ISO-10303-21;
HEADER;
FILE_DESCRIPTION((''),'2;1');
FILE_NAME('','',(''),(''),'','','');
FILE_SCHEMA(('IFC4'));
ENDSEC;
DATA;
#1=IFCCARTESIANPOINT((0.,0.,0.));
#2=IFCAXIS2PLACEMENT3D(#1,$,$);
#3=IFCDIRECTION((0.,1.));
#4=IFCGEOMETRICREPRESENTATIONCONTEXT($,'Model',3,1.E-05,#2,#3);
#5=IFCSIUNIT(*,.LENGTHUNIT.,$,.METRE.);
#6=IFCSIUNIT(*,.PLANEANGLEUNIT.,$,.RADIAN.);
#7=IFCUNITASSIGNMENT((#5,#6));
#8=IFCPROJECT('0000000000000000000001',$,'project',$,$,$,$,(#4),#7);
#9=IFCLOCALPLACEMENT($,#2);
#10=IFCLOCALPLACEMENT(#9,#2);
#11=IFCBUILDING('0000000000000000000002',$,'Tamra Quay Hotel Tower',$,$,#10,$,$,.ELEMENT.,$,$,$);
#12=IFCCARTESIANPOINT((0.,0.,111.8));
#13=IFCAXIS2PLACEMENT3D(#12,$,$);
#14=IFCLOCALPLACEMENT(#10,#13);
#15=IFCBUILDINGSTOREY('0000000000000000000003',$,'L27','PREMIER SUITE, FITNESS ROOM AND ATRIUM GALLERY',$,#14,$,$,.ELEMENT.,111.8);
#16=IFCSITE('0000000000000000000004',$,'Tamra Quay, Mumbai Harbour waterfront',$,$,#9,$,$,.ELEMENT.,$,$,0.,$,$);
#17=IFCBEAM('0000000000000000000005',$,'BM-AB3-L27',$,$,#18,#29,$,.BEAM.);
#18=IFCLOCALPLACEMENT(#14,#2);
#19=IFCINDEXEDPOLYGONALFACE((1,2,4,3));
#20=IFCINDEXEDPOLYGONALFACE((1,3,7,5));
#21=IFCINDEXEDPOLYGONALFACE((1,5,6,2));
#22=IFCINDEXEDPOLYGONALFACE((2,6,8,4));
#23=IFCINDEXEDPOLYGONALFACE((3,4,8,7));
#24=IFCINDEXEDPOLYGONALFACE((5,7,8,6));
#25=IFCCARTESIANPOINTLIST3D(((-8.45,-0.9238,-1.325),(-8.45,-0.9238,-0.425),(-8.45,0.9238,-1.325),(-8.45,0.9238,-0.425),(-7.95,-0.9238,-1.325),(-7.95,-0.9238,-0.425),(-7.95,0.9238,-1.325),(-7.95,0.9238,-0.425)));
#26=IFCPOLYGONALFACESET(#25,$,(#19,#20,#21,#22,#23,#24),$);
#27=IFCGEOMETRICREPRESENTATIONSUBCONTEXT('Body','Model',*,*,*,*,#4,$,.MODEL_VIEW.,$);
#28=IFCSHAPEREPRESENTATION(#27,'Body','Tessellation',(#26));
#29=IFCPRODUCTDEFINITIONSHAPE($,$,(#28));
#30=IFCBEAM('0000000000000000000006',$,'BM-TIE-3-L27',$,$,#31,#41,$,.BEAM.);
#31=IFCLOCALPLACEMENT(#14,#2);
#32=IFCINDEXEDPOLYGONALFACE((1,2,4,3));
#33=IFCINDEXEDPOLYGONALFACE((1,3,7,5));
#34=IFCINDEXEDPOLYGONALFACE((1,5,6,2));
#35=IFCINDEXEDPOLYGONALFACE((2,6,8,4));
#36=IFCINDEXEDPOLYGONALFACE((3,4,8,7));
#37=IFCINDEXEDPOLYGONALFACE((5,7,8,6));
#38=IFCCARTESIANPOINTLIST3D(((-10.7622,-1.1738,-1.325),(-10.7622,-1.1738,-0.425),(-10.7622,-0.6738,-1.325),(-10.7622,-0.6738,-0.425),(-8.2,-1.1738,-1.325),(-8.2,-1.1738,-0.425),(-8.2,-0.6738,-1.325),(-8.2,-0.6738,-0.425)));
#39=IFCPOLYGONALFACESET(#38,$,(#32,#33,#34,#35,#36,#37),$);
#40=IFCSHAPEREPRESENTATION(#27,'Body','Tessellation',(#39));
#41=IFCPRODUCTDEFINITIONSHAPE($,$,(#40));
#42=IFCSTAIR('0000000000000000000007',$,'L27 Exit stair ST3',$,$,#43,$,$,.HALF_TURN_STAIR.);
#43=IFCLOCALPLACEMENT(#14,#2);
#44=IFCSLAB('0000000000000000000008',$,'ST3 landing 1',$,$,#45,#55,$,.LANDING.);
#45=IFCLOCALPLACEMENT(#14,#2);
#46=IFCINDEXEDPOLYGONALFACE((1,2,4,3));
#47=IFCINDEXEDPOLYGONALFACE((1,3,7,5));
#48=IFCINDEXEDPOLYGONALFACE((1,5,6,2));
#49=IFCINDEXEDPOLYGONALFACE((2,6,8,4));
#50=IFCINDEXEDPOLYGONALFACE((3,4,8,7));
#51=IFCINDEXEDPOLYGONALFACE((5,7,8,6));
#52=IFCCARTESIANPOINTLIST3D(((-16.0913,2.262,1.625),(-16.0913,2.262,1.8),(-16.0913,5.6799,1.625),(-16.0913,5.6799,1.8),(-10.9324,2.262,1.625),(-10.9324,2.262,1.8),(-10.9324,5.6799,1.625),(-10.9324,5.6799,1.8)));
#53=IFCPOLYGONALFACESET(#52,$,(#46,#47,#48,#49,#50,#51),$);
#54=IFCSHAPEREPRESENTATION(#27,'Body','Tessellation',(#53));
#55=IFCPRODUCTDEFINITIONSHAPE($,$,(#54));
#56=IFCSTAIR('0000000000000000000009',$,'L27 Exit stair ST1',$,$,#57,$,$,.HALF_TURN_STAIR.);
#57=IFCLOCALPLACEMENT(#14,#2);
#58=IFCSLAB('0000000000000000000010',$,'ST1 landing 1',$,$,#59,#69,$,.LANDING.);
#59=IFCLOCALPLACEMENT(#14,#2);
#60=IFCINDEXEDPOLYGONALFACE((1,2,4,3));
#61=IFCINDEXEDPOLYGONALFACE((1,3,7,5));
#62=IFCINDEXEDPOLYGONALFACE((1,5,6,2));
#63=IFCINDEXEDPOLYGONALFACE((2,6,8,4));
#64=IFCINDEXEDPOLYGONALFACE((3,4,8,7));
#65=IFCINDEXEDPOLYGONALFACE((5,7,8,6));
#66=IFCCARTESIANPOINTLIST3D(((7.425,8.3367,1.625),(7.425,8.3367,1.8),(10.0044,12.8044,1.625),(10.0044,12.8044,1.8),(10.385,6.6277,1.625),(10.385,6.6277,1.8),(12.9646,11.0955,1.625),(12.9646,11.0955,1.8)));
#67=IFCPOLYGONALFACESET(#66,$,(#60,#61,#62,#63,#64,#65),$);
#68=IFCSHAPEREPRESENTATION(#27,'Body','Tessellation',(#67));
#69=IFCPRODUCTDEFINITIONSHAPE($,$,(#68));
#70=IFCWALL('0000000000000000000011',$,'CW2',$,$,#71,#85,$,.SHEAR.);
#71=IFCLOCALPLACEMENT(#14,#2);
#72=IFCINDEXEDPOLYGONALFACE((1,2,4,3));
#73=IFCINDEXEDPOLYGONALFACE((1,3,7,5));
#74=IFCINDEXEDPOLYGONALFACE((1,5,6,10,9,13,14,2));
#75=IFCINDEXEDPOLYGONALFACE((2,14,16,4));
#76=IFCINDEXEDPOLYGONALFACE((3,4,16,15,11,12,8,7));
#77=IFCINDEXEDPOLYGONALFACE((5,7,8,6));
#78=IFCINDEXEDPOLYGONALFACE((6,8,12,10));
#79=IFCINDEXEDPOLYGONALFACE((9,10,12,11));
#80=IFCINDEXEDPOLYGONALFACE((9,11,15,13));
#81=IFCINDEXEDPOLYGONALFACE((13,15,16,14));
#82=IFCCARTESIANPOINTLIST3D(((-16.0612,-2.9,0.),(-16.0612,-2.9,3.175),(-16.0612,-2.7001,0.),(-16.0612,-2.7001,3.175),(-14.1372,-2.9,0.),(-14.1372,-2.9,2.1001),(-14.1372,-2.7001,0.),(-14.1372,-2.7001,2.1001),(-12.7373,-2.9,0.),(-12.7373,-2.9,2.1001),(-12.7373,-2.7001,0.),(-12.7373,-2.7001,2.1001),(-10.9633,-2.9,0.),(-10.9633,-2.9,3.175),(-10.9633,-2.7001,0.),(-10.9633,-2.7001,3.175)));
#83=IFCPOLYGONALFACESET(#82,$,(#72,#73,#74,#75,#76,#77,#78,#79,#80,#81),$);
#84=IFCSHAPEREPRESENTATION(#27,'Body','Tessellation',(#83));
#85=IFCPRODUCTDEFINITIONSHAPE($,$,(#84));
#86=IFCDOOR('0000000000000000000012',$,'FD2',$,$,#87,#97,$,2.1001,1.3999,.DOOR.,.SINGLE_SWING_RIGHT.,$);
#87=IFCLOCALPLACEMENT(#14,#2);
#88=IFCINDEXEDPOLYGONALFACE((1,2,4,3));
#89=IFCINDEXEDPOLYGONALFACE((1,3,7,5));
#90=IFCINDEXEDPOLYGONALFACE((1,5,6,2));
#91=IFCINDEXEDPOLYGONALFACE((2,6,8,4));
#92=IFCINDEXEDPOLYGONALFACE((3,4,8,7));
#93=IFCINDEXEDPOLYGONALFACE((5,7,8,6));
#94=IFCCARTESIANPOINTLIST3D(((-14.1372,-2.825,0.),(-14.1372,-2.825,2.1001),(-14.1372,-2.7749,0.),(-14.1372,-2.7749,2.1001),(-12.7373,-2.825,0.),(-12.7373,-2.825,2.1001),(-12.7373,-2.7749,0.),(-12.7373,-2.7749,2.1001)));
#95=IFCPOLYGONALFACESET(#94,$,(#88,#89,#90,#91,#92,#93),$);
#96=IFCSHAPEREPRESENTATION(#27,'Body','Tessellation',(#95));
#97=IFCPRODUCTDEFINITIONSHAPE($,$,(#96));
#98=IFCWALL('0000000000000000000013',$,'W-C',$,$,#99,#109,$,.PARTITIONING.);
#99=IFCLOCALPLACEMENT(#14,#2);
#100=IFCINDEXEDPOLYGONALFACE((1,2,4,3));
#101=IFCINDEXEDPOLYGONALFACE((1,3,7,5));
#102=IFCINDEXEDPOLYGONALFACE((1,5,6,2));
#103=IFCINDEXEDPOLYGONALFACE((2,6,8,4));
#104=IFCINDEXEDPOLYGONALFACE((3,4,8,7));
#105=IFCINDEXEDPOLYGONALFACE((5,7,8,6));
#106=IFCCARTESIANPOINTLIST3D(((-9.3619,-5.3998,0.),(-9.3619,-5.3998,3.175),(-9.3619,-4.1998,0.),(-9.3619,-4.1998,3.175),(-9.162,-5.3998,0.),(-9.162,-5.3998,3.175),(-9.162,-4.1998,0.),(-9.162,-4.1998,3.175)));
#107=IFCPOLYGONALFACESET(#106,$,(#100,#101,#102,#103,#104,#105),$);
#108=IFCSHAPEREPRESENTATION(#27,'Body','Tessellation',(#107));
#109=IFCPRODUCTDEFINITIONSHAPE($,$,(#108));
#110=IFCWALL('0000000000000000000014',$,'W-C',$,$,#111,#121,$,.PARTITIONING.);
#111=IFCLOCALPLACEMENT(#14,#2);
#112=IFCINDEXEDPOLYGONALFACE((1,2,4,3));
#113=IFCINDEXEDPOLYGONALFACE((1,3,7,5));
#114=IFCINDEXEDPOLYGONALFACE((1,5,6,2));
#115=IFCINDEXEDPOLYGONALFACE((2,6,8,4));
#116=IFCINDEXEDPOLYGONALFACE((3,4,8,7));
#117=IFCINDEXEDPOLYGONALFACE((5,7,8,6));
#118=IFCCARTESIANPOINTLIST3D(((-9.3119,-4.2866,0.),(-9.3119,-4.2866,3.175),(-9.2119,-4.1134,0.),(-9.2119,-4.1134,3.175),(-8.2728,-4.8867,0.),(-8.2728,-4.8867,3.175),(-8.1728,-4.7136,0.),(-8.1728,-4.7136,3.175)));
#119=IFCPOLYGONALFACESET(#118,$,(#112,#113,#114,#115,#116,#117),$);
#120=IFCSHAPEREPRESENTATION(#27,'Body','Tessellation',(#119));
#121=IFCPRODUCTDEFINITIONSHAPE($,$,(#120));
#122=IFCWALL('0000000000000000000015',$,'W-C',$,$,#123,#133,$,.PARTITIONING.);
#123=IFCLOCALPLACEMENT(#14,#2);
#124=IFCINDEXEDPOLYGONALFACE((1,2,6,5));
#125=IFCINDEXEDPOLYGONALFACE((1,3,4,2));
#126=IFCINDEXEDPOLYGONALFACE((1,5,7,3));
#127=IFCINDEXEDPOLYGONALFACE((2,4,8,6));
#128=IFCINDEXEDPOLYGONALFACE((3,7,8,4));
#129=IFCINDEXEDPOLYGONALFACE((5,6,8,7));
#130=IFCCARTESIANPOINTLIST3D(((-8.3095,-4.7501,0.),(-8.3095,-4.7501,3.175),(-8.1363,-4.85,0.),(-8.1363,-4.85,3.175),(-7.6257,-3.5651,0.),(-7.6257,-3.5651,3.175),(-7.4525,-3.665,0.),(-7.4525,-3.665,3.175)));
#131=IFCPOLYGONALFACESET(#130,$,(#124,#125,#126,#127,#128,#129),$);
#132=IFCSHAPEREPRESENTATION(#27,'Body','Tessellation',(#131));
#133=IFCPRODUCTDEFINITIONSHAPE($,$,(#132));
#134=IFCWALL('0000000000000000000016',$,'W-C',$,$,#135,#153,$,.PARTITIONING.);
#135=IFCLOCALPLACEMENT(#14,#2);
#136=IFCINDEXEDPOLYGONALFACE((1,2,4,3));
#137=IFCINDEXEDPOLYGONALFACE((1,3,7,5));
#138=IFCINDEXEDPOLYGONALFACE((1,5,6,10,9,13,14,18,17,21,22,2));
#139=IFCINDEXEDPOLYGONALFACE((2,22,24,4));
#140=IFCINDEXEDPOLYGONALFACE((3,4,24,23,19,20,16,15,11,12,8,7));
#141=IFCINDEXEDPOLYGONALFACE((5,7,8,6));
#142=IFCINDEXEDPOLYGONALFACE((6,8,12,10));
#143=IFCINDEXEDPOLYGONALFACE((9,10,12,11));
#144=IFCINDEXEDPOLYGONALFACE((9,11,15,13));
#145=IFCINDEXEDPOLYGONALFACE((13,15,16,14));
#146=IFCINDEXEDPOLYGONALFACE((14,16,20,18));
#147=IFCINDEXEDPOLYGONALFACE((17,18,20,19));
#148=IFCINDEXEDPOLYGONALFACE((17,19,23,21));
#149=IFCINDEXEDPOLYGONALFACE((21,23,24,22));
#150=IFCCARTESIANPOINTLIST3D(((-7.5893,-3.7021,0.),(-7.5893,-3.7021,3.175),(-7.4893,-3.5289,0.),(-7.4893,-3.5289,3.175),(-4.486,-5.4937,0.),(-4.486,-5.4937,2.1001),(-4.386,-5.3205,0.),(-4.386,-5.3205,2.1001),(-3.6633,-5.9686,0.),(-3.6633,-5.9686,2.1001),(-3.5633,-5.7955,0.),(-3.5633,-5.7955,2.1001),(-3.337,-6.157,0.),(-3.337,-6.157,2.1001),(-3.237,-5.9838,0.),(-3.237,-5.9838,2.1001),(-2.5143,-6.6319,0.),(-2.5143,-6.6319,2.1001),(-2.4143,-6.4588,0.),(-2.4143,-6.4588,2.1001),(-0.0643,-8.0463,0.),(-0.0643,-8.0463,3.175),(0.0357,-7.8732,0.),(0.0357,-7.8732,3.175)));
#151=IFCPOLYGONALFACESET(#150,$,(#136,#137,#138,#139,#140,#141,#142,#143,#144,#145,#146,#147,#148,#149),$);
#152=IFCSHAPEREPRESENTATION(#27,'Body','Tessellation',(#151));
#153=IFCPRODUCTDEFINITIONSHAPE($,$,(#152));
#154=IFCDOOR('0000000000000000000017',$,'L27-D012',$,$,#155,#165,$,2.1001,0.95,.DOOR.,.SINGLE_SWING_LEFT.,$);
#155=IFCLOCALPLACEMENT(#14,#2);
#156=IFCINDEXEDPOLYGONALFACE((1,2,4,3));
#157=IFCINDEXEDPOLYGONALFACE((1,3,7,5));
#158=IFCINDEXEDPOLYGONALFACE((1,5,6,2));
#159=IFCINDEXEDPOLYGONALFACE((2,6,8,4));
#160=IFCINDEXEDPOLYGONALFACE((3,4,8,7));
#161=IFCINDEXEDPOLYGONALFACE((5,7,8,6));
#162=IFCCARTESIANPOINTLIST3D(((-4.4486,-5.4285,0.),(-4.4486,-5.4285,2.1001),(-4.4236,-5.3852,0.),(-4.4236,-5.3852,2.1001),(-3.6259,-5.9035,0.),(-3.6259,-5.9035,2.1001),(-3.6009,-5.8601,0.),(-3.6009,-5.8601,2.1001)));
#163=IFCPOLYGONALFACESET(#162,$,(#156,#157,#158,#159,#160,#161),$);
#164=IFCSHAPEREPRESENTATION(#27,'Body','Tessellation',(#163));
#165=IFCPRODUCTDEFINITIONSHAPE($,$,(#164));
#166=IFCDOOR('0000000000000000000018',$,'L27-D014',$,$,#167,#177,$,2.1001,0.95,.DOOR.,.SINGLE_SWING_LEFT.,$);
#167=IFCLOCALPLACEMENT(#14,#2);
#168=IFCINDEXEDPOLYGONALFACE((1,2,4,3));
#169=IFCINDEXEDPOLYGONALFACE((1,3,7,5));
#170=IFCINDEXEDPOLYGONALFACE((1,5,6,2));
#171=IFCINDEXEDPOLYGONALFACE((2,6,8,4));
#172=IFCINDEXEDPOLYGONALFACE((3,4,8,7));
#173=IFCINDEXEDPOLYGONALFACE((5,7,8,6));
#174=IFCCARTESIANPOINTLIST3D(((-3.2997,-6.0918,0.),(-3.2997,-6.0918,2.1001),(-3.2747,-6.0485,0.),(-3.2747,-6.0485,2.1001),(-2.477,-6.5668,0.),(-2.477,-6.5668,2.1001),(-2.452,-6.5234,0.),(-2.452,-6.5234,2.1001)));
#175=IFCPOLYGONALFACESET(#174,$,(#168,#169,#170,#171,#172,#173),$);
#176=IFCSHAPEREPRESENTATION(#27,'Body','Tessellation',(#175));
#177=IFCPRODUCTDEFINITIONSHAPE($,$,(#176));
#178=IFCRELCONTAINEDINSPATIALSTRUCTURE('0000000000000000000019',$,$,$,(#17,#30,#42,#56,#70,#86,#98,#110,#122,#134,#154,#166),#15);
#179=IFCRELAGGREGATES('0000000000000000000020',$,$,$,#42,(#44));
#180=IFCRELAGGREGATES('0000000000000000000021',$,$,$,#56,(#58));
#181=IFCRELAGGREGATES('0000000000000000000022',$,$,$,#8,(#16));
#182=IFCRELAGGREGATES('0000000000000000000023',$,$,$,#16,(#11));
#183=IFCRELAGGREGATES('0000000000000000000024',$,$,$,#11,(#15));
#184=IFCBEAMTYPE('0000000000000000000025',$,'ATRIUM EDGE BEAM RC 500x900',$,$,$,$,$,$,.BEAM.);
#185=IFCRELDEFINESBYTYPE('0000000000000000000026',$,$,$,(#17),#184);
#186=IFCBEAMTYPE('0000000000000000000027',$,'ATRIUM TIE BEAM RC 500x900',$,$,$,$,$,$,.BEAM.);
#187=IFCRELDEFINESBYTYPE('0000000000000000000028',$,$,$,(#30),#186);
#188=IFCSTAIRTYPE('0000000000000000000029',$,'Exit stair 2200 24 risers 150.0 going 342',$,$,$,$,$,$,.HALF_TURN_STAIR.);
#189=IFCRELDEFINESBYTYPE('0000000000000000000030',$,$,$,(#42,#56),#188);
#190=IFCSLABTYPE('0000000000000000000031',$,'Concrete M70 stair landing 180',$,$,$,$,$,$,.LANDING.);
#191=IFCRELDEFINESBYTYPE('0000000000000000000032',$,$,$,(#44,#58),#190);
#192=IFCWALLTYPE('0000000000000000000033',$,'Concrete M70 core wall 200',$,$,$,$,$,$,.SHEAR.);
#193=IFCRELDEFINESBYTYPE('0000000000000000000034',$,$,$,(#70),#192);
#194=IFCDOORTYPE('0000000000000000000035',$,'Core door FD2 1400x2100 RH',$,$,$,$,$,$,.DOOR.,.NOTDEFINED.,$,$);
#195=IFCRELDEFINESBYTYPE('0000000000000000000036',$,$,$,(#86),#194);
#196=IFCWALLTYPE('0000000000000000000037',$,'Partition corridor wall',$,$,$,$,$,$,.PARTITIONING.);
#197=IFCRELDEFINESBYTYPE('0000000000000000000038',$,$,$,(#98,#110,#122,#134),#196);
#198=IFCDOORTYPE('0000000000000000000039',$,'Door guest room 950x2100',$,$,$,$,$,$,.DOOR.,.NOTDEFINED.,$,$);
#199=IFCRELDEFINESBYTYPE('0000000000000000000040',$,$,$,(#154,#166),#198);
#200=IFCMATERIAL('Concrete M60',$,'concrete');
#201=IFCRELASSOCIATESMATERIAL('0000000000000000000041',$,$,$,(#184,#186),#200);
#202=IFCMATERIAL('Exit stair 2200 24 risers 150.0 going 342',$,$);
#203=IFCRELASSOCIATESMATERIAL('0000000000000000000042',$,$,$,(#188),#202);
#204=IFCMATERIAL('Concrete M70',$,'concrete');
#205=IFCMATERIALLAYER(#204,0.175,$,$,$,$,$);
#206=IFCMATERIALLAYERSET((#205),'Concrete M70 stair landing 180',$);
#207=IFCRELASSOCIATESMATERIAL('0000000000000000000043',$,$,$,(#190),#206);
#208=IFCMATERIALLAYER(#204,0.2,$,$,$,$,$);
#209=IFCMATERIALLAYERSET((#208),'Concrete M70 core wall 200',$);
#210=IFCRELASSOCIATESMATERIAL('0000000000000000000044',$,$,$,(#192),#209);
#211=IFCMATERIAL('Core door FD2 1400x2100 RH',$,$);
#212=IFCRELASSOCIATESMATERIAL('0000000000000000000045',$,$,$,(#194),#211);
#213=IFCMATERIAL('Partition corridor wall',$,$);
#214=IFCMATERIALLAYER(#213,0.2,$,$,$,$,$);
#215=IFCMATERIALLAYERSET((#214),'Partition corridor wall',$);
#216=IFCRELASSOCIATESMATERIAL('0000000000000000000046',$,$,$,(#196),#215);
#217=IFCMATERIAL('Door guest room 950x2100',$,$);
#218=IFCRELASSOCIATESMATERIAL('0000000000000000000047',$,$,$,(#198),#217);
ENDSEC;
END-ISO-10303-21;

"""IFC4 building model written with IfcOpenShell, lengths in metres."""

from ifc_helpers import new_model, si_unit, direction, frame, frame_2d, origin, origin_2d, place, context, subcontext, project, spatial, polyline, rectangle, outline, extrude, material, layer, layer_set, material_profile, profile_set, type_object, element, fill, aggregate, save


model = new_model("IFC4")

# Units and contexts
model_context = context("Model", 3, precision=1e-05, world=origin(), true_north=direction((0.0, 1.0)))
body_context = subcontext(model_context, "Body", "Model", "MODEL_VIEW")
ifc_project = project(units=[si_unit("LENGTHUNIT", "METRE"), si_unit("PLANEANGLEUNIT", "RADIAN")], contexts=[model_context])

# Site, building, storey
site_placement = place(None, origin())
site = spatial("IfcSite", under=ifc_project, at=site_placement, Name="Tamra Quay, Mumbai Harbour waterfront", CompositionType="ELEMENT", RefElevation=0.0)
building_placement = place(site_placement, origin())
building = spatial("IfcBuilding", under=site, at=building_placement, Name="Tamra Quay Hotel Tower", CompositionType="ELEMENT")
storey_placement = place(building_placement, frame((0.0, 0.0, 111.8)))
storey = spatial("IfcBuildingStorey", under=building, at=storey_placement, Name="L27", Description="PREMIER SUITE, FITNESS ROOM AND ATRIUM GALLERY", CompositionType="ELEMENT", Elevation=111.8)

# Beams
ifc_material_1 = material(Name="Concrete M60", Category="concrete")
ifc_material_profile_1 = material_profile(ifc_material_1, rectangle(XDim=0.5, YDim=0.8999, at=origin_2d()), Name="ATRIUM EDGE BEAM RC 500x900")
ifc_profile_set_1 = profile_set([ifc_material_profile_1], Name="Concrete M60")
beam_type_1 = type_object("IfcBeamType", Name="ATRIUM EDGE BEAM RC 500x900", PredefinedType="BEAM", material=ifc_profile_set_1)
beam_1_placement = place(storey_placement, frame((-8.2, -0.9238, -0.875), z_axis=(0.0, 1.0, 0.0), x_axis=(-1.0, 0.0, 0.0)))
element("IfcBeam", 1, at=beam_1_placement, inside=storey, type_object=beam_type_1, Name="BM-AB3-L27", PredefinedType="BEAM", context=body_context, shape_type="SweptSolid", body=[
    extrude(rectangle(XDim=0.5, YDim=0.8999, at=origin_2d()), origin(), (0.0, 0.0, 1.0), 1.8477),
])
ifc_material_profile_2 = material_profile(ifc_material_1, rectangle(XDim=0.5, YDim=0.8999, at=origin_2d()), Name="ATRIUM TIE BEAM RC 500x900")
ifc_profile_set_2 = profile_set([ifc_material_profile_2], Name="Concrete M60")
beam_type_2 = type_object("IfcBeamType", Name="ATRIUM TIE BEAM RC 500x900", PredefinedType="BEAM", material=ifc_profile_set_2)
beam_2_placement = place(storey_placement, frame((-8.2, -0.9238, -0.875), z_axis=(-1.0, 0.0, 0.0), x_axis=(0.0, -1.0, 0.0)))
element("IfcBeam", 2, at=beam_2_placement, inside=storey, type_object=beam_type_2, Name="BM-TIE-3-L27", PredefinedType="BEAM", context=body_context, shape_type="SweptSolid", body=[
    extrude(rectangle(XDim=0.5, YDim=0.8999, at=origin_2d()), origin(), (0.0, 0.0, 1.0), 2.5623),
])

# Stairs, slabs
ifc_material_2 = material(Name="Exit stair 2200 24 risers 150.0 going 342")
stair_type = type_object("IfcStairType", Name="Exit stair 2200 24 risers 150.0 going 342", PredefinedType="HALF_TURN_STAIR", material=ifc_material_2)
stair_1_placement = place(storey_placement, origin())
stair_1 = element("IfcStair", 3, at=stair_1_placement, inside=storey, type_object=stair_type, Name="L27 Exit stair ST3", PredefinedType="HALF_TURN_STAIR")
ifc_material_3 = material(Name="Concrete M70", Category="concrete")
ifc_layer_1 = layer(ifc_material_3, 0.175)
ifc_layer_set_1 = layer_set([ifc_layer_1], Name="Concrete M70 stair landing 180")
slab_type_1 = type_object("IfcSlabType", Name="Concrete M70 stair landing 180", PredefinedType="LANDING", material=ifc_layer_set_1)
slab_1_placement = place(storey_placement, frame((0.0, 0.0, 1.625)))
slab_1 = element("IfcSlab", 4, at=slab_1_placement, type_object=slab_type_1, Name="ST3 landing 1", PredefinedType="LANDING", context=body_context, shape_type="SweptSolid", body=[
    extrude(outline(polyline([(-10.9324, 2.262), (-10.9324, 5.6799), (-16.0913, 5.6799), (-16.0913, 2.262), (-10.9324, 2.262)])), origin(), (0.0, 0.0, 1.0), 0.175),
])
aggregate(stair_1, [slab_1])
stair_2_placement = place(storey_placement, origin())
stair_2 = element("IfcStair", 5, at=stair_2_placement, inside=storey, type_object=stair_type, Name="L27 Exit stair ST1", PredefinedType="HALF_TURN_STAIR")
slab_2_placement = place(storey_placement, frame((0.0, 0.0, 1.625)))
slab_2 = element("IfcSlab", 6, at=slab_2_placement, type_object=slab_type_1, Name="ST1 landing 1", PredefinedType="LANDING", context=body_context, shape_type="SweptSolid", body=[
    extrude(outline(polyline([(7.425, 8.3367), (10.385, 6.6277), (12.9646, 11.0955), (10.0044, 12.8044), (7.425, 8.3367)])), origin(), (0.0, 0.0, 1.0), 0.175),
])
aggregate(stair_2, [slab_2])

# Wall, opening, door
ifc_layer_2 = layer(ifc_material_3, 0.2)
ifc_layer_set_2 = layer_set([ifc_layer_2], Name="Concrete M70 core wall 200")
wall_type_1 = type_object("IfcWallType", Name="Concrete M70 core wall 200", PredefinedType="SHEAR", material=ifc_layer_set_2)
wall_1_placement = place(storey_placement, frame((-10.9634, -2.8, 0.0), z_axis=(0.0, 0.0, 1.0), x_axis=(-1.0, 0.0, 0.0)))
wall_1 = element("IfcWall", 7, at=wall_1_placement, inside=storey, type_object=wall_type_1, Name="CW2", PredefinedType="SHEAR", context=body_context, shape_type="SweptSolid", body=[
    extrude(rectangle(XDim=5.0979, YDim=0.2, at=frame_2d((2.5488, 0.0))), origin(), (0.0, 0.0, 1.0), 3.175),
])
opening_1_placement = place(wall_1_placement, frame((1.7739, 0.0, 0.0)))
opening_1 = element("IfcOpeningElement", 8, at=opening_1_placement, cuts=wall_1, PredefinedType="OPENING", context=body_context, shape_type="SweptSolid", body=[
    extrude(rectangle(XDim=1.3999, YDim=2.1001, at=frame_2d((0.7, 1.05))), frame((0.0, 0.1099, 0.0), z_axis=(0.0, -1.0, 0.0), x_axis=(1.0, 0.0, 0.0)), (0.0, 0.0, 1.0), 0.22),
])
ifc_material_4 = material(Name="Core door FD2 1400x2100 RH")
door_type_1 = type_object("IfcDoorType", Name="Core door FD2 1400x2100 RH", OperationType="NOTDEFINED", PredefinedType="DOOR", material=ifc_material_4)
door_1_placement = place(opening_1_placement, origin())
door_1 = element("IfcDoor", 9, at=door_1_placement, inside=storey, type_object=door_type_1, Name="FD2", OperationType="SINGLE_SWING_RIGHT", OverallHeight=2.1001, OverallWidth=1.3999, PredefinedType="DOOR", context=body_context, shape_type="SweptSolid", body=[
    extrude(rectangle(XDim=1.3999, YDim=2.1001, at=frame_2d((0.7, 1.05))), frame((0.0, 0.0249, 0.0), z_axis=(0.0, -1.0, 0.0), x_axis=(1.0, 0.0, 0.0)), (0.0, 0.0, 1.0), 0.05),
])
fill(opening_1, door_1)

# Walls
ifc_material_5 = material(Name="Partition corridor wall")
ifc_layer_3 = layer(ifc_material_5, 0.2)
ifc_layer_set_3 = layer_set([ifc_layer_3], Name="Partition corridor wall")
wall_type_2 = type_object("IfcWallType", Name="Partition corridor wall", PredefinedType="PARTITIONING", material=ifc_layer_set_3)
for number, where, z_axis, x_axis, name in (
    (10, (-9.262, -5.3999, 0.0), (0.0, 0.0, 1.0), (0.0, 1.0, 0.0), "W-C"),
    (11, (-9.262, -4.2, 0.0), (0.0, 0.0, 1.0), (0.865955, -0.500122, 0.0), "W-C"),
):
    element("IfcWall", number, at=place(storey_placement, frame(where, z_axis=z_axis, x_axis=x_axis)), inside=storey, type_object=wall_type_2, Name=name, PredefinedType="PARTITIONING", context=body_context, shape_type="SweptSolid", body=[
        extrude(rectangle(XDim=1.2, YDim=0.2, at=frame_2d((0.6001, 0.0))), origin(), (0.0, 0.0, 1.0), 3.175),
    ])
wall_2_placement = place(storey_placement, frame((-8.2229, -4.8, 0.0), z_axis=(0.0, 0.0, 1.0), x_axis=(0.499805, 0.866138, 0.0)))
element("IfcWall", 12, at=wall_2_placement, inside=storey, type_object=wall_type_2, Name="W-C", PredefinedType="PARTITIONING", context=body_context, shape_type="SweptSolid", body=[
    extrude(rectangle(XDim=1.3682, YDim=0.2, at=frame_2d((0.6841, 0.0))), origin(), (0.0, 0.0, 1.0), 3.175),
])

# Wall, openings, doors
wall_3_placement = place(storey_placement, frame((-7.5393, -3.6155, 0.0), z_axis=(0.0, 0.0, 1.0), x_axis=(0.866039, -0.499977, 0.0)))
wall_3 = element("IfcWall", 13, at=wall_3_placement, inside=storey, type_object=wall_type_2, Name="W-C", PredefinedType="PARTITIONING", context=body_context, shape_type="SweptSolid", body=[
    extrude(rectangle(XDim=8.689, YDim=0.2, at=frame_2d((4.3445, 0.0))), origin(), (0.0, 0.0, 1.0), 3.175),
])
opening_2_placement = place(wall_3_placement, frame((3.5833, 0.0, 0.0)))
opening_2 = element("IfcOpeningElement", 14, at=opening_2_placement, cuts=wall_3, PredefinedType="OPENING", context=body_context, shape_type="SweptSolid", body=[
    extrude(rectangle(XDim=0.95, YDim=2.1001, at=frame_2d((0.4751, 1.05))), frame((0.0, 0.1099, 0.0), z_axis=(0.0, -1.0, 0.0), x_axis=(1.0, 0.0, 0.0)), (0.0, 0.0, 1.0), 0.22),
])
opening_3_placement = place(wall_3_placement, frame((4.9099, 0.0, 0.0)))
opening_3 = element("IfcOpeningElement", 15, at=opening_3_placement, cuts=wall_3, PredefinedType="OPENING", context=body_context, shape_type="SweptSolid", body=[
    extrude(rectangle(XDim=0.95, YDim=2.1001, at=frame_2d((0.4751, 1.05))), frame((0.0, 0.1099, 0.0), z_axis=(0.0, -1.0, 0.0), x_axis=(1.0, 0.0, 0.0)), (0.0, 0.0, 1.0), 0.22),
])
ifc_material_6 = material(Name="Door guest room 950x2100")
door_type_2 = type_object("IfcDoorType", Name="Door guest room 950x2100", OperationType="NOTDEFINED", PredefinedType="DOOR", material=ifc_material_6)
door_2_placement = place(opening_2_placement, frame((0.95, 0.0, 0.0), z_axis=(0.0, 0.0, 1.0), x_axis=(-1.0, 0.0, 0.0)))
door_2 = element("IfcDoor", 16, at=door_2_placement, inside=storey, type_object=door_type_2, Name="L27-D012", OperationType="SINGLE_SWING_LEFT", OverallHeight=2.1001, OverallWidth=0.95, PredefinedType="DOOR", context=body_context, shape_type="SweptSolid", body=[
    extrude(rectangle(XDim=0.95, YDim=2.1001, at=frame_2d((0.4751, 1.05))), frame((0.0, 0.0249, 0.0), z_axis=(0.0, -1.0, 0.0), x_axis=(1.0, 0.0, 0.0)), (0.0, 0.0, 1.0), 0.05),
])
fill(opening_2, door_2)
door_3_placement = place(opening_3_placement, frame((0.95, 0.0, 0.0), z_axis=(0.0, 0.0, 1.0), x_axis=(-1.0, 0.0, 0.0)))
door_3 = element("IfcDoor", 17, at=door_3_placement, inside=storey, type_object=door_type_2, Name="L27-D014", OperationType="SINGLE_SWING_LEFT", OverallHeight=2.1001, OverallWidth=0.95, PredefinedType="DOOR", context=body_context, shape_type="SweptSolid", body=[
    extrude(rectangle(XDim=0.95, YDim=2.1001, at=frame_2d((0.4751, 1.05))), frame((0.0, 0.0249, 0.0), z_axis=(0.0, -1.0, 0.0), x_axis=(1.0, 0.0, 0.0)), (0.0, 0.0, 1.0), 0.05),
])
fill(opening_3, door_3)

save(model, "model.ifc")
